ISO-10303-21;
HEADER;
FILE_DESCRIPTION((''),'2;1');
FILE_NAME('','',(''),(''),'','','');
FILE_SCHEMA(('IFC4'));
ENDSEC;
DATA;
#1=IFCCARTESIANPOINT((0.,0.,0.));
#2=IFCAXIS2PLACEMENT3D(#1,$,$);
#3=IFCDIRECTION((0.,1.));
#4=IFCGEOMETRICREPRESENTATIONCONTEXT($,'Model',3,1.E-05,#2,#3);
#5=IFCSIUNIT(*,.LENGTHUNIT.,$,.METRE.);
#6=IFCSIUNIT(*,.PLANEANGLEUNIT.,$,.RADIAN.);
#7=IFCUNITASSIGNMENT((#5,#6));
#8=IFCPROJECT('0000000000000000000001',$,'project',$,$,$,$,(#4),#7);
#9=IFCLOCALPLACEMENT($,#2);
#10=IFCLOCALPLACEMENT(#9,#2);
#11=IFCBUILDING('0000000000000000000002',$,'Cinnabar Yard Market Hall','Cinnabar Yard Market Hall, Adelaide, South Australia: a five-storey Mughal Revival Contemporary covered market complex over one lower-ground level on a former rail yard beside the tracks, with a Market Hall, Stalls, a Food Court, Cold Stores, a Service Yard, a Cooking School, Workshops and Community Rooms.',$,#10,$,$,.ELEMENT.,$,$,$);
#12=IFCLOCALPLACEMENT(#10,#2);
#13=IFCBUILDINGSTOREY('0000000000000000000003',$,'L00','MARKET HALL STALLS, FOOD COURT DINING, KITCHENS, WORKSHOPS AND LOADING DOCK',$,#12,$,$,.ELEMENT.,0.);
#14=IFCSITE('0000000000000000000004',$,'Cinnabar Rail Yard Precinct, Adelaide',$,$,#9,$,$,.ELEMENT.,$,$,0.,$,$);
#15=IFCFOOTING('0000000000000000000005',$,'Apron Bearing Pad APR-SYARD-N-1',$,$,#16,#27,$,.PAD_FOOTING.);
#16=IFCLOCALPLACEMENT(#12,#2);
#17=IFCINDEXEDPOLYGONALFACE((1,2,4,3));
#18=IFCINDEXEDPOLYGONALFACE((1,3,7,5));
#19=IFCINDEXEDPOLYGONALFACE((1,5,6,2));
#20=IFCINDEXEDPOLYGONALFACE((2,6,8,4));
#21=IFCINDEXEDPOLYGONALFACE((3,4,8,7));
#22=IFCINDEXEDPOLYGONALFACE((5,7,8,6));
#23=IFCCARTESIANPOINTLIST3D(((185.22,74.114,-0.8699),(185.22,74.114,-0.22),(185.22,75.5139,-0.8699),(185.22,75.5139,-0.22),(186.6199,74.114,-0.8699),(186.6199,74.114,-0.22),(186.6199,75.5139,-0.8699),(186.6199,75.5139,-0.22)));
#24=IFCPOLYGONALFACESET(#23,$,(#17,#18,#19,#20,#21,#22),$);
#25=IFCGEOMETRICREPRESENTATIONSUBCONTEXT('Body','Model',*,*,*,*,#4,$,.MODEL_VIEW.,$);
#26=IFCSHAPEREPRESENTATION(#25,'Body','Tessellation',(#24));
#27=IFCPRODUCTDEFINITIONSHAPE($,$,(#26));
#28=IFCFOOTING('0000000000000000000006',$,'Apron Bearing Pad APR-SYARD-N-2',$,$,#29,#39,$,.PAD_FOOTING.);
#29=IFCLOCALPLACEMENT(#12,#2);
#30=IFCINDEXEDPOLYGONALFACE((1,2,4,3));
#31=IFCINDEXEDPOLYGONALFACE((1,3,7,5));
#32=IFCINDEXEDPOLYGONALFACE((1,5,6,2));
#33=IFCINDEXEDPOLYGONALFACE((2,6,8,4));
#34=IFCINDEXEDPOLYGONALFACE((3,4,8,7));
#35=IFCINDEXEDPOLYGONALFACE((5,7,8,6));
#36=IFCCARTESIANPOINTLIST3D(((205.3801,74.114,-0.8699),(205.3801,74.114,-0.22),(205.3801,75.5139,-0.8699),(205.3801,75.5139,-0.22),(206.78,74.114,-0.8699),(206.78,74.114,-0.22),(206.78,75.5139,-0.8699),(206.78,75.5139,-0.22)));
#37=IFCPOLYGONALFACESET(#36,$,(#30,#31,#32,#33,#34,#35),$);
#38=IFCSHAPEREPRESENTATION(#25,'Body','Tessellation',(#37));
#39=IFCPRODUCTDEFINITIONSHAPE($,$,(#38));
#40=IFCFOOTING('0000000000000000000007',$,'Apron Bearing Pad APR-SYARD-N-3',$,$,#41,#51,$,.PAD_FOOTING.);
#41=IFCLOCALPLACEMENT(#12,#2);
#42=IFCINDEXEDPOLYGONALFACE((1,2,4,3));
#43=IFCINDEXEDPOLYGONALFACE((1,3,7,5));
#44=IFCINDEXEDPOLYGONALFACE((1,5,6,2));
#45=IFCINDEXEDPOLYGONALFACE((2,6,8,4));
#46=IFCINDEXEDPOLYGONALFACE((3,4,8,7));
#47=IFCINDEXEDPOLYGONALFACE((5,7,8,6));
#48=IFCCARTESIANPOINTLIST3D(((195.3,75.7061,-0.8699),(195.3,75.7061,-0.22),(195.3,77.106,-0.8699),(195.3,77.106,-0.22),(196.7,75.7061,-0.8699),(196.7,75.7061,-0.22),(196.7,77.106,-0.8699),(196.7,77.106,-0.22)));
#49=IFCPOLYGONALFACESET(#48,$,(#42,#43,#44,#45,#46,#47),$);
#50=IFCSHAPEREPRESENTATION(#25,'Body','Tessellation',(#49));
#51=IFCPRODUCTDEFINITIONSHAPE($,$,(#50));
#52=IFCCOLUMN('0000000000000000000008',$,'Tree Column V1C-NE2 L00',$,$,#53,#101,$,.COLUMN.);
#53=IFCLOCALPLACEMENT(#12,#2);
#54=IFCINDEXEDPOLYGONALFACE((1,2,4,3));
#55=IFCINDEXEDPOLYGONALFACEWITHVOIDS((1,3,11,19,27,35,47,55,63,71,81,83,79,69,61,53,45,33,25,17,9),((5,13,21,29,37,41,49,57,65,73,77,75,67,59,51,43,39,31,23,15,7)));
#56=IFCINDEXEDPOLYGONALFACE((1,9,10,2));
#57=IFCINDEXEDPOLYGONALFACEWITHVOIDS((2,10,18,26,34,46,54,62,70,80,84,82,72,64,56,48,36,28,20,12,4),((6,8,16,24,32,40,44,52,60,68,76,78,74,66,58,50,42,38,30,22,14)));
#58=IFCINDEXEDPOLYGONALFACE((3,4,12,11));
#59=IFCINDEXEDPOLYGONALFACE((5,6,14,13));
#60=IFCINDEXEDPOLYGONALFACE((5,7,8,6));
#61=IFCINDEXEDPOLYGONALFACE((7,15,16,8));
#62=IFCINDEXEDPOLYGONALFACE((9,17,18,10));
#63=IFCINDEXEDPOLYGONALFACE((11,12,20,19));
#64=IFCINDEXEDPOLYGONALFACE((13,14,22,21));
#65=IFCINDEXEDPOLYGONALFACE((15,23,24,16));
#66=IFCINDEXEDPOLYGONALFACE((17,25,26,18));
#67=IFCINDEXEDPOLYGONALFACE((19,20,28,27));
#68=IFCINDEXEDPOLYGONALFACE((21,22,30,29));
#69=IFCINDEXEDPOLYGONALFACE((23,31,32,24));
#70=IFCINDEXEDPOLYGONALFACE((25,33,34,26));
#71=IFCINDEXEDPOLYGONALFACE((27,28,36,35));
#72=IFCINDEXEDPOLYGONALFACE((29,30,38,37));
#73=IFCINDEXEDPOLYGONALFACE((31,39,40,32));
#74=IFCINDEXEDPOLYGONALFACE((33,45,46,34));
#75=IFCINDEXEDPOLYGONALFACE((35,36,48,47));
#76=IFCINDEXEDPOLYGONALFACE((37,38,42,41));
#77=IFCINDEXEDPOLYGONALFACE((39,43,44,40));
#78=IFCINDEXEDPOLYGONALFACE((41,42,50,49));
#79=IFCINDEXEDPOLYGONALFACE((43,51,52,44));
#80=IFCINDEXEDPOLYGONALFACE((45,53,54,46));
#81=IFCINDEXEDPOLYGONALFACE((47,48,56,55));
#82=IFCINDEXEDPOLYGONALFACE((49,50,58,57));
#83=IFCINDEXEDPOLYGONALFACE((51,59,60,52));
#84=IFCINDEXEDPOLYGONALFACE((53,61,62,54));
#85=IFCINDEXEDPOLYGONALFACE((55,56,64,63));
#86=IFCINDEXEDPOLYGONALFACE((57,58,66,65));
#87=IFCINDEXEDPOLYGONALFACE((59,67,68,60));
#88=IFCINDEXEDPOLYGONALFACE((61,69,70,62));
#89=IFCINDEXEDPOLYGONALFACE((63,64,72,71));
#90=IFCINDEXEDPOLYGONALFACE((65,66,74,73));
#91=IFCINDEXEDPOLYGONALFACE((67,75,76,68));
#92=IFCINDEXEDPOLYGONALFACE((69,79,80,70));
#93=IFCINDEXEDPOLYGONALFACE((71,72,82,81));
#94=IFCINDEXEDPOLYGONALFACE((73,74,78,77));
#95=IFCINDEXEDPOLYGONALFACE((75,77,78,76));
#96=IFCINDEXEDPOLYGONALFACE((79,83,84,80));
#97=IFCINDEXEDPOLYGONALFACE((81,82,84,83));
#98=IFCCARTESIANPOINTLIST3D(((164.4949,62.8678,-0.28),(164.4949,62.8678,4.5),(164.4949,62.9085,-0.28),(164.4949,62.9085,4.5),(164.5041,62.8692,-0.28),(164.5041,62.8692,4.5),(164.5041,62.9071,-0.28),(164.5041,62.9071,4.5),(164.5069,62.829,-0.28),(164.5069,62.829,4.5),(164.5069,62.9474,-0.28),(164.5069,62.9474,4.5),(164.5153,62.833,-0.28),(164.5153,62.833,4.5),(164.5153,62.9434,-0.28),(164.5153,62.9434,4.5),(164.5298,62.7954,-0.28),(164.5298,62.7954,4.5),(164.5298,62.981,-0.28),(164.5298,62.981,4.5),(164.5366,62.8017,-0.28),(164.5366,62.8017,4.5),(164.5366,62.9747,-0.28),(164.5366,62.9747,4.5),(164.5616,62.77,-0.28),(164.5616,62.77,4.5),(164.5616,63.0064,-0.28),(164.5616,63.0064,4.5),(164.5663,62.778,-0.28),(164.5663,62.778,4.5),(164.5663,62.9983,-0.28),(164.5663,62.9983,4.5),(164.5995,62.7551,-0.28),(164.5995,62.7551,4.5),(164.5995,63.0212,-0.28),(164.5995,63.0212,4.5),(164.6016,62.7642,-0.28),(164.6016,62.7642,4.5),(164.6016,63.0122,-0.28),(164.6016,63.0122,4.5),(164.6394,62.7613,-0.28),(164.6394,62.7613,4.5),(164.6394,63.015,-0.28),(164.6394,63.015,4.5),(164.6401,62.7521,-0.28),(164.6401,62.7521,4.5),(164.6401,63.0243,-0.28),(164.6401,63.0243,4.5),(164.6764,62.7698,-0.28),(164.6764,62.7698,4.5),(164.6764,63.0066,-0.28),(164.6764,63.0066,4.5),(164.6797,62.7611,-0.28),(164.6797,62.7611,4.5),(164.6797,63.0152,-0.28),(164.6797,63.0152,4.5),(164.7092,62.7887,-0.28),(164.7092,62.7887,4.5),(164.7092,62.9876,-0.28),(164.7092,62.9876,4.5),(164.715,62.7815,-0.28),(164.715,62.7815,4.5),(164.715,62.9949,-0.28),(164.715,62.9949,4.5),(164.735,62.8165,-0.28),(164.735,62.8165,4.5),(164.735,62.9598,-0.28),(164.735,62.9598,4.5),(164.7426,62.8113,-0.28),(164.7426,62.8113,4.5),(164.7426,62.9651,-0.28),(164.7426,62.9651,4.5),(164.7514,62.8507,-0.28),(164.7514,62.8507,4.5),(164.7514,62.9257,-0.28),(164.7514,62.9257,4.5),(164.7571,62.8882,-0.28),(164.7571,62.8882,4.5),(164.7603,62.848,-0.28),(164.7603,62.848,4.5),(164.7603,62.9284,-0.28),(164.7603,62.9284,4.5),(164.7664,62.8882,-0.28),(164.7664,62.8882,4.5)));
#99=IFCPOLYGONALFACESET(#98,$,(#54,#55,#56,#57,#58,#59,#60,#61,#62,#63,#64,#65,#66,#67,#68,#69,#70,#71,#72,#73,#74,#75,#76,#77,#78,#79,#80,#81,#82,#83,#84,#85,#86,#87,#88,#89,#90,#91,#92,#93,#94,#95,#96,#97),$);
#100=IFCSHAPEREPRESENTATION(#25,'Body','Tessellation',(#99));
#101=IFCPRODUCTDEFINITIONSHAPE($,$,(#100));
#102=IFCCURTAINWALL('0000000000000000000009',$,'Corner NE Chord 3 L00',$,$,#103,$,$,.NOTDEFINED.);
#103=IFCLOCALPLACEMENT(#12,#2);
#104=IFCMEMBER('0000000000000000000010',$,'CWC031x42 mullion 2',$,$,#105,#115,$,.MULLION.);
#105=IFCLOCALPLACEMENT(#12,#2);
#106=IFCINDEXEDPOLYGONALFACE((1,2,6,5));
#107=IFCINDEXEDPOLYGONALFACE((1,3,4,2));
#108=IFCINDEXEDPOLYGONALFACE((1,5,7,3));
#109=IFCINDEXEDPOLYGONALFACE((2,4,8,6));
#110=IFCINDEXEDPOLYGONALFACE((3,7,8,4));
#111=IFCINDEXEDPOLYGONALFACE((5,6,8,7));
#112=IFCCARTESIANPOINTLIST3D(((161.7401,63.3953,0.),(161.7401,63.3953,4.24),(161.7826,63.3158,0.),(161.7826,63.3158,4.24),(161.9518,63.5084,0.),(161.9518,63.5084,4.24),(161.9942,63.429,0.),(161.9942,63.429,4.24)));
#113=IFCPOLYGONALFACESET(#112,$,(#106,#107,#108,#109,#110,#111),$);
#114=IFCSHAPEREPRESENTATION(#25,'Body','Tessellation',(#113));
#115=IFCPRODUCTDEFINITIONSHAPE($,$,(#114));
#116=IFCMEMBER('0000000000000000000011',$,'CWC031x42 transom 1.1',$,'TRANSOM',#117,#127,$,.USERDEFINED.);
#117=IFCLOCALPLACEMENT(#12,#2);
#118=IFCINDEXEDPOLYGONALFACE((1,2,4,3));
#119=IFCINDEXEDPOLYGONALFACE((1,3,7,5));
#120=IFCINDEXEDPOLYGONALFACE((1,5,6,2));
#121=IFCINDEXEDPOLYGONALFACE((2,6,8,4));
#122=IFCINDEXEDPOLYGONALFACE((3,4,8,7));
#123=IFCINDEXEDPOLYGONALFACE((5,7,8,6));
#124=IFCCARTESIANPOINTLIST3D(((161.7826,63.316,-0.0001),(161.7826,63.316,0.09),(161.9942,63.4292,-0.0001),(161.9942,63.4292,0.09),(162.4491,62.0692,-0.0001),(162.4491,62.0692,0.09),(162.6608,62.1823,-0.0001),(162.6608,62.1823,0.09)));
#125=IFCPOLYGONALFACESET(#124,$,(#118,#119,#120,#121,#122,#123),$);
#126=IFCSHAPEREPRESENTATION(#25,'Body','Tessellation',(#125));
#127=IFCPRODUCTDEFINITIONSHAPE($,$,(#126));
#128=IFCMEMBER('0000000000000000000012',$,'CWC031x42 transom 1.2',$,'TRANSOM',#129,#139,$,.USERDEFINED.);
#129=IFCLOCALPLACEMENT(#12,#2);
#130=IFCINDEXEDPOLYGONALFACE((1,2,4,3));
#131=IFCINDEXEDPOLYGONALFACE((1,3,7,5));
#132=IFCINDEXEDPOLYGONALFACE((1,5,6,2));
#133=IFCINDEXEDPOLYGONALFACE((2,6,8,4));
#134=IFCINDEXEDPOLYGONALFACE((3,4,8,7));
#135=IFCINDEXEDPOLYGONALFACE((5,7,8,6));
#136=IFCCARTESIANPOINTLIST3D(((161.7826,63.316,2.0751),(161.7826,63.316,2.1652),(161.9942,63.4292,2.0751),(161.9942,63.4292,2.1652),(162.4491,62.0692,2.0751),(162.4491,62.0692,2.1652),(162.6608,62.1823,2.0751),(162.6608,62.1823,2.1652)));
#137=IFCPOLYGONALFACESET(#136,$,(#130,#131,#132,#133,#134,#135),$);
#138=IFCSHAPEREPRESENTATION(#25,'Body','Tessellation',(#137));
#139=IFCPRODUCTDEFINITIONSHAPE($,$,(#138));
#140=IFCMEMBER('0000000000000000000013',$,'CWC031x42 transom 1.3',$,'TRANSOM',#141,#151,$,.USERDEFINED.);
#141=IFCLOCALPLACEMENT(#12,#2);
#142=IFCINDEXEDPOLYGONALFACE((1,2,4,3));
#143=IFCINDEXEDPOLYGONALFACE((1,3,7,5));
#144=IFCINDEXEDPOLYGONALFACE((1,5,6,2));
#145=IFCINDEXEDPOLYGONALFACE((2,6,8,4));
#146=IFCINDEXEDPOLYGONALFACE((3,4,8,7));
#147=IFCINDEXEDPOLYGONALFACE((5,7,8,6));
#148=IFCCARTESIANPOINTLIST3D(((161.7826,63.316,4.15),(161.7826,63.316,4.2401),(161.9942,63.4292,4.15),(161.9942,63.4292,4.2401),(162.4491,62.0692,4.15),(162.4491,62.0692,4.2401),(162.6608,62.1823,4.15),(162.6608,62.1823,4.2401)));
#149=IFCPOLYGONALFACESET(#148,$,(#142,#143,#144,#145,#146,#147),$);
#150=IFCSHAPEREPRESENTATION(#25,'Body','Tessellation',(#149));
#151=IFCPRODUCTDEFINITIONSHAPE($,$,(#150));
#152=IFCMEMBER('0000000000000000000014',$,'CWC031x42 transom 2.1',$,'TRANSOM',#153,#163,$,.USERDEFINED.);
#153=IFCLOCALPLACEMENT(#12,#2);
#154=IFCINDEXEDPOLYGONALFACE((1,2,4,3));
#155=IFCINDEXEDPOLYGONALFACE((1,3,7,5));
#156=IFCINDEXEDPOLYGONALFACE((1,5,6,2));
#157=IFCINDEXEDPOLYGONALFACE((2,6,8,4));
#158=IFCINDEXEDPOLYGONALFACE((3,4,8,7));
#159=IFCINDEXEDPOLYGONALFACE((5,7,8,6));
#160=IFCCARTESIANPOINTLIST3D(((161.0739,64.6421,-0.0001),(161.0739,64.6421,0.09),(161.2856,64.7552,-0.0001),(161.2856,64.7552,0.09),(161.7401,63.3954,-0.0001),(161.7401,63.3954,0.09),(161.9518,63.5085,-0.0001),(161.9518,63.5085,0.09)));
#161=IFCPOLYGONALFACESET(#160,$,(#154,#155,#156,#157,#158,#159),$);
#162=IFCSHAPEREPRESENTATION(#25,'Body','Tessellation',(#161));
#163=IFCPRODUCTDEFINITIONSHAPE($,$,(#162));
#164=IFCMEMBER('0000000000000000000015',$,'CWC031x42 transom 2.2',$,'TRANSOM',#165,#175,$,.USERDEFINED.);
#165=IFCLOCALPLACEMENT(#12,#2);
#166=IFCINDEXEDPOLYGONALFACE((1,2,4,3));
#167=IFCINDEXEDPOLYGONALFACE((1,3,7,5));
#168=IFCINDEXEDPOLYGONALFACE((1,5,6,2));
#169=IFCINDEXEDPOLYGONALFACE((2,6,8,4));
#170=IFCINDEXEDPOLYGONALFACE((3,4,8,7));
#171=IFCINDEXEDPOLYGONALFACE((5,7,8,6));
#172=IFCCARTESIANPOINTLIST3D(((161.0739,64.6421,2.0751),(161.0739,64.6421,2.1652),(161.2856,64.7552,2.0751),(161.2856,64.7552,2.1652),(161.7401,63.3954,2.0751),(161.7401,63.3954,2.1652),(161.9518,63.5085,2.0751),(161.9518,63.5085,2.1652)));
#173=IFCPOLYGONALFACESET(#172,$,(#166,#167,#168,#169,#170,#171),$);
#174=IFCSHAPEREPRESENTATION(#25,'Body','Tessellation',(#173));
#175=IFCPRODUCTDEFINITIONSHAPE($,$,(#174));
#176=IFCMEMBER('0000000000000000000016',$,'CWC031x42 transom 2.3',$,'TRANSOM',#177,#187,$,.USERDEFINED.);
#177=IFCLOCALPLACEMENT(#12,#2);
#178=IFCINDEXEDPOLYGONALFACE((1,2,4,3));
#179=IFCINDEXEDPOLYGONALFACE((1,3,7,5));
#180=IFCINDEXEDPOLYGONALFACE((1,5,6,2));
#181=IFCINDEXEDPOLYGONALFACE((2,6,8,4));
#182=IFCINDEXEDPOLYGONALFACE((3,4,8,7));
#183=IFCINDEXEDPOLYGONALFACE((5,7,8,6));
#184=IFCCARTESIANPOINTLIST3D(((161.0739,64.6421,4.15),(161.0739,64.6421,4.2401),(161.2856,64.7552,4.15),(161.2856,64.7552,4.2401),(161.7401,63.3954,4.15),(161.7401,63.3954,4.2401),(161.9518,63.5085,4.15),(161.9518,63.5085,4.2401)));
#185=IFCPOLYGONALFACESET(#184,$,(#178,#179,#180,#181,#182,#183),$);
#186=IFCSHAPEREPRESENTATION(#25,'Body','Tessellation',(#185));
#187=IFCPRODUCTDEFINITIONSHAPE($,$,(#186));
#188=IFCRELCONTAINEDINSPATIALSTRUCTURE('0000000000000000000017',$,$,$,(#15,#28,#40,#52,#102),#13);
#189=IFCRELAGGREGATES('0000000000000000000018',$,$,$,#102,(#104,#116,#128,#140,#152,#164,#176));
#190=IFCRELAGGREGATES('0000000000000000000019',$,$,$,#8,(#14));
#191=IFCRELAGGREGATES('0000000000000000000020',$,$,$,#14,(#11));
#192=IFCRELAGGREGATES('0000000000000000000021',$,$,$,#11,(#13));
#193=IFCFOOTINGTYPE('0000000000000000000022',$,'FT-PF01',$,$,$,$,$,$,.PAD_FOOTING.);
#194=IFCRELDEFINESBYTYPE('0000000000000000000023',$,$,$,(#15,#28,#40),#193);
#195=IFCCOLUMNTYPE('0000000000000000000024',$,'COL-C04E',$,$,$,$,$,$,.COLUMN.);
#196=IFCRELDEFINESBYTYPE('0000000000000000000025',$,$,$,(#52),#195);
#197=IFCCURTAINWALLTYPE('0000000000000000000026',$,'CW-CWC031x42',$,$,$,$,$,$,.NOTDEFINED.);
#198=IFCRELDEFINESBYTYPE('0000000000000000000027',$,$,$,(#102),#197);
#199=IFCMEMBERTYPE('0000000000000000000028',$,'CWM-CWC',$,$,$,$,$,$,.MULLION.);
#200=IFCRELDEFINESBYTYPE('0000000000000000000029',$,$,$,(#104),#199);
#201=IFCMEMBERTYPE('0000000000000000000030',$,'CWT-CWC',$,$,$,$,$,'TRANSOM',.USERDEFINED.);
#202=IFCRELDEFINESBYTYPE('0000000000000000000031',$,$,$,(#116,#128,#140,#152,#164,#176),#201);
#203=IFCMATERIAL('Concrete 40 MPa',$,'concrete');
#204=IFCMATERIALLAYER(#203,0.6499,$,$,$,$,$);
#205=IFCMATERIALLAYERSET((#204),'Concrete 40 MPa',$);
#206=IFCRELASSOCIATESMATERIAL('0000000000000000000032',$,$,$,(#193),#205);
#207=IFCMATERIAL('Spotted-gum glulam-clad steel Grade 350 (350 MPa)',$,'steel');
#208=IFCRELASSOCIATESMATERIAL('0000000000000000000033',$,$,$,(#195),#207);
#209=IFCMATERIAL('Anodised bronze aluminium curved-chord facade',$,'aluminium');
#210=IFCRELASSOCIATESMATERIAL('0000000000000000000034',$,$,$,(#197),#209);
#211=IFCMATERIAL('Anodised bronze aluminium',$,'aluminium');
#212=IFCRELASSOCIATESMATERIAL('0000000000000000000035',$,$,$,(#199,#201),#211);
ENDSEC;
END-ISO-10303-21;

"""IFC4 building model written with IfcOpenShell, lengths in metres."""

from ifc_helpers import new_model, si_unit, direction, frame, origin, origin_2d_with_axis, place, context, subcontext, project, spatial, rectangle, hollow_circle, extrude, material, layer, layer_set, material_profile, profile_set, type_object, element, aggregate, save


model = new_model("IFC4")

# Units and contexts
model_context = context("Model", 3, precision=1e-05, world=origin(), true_north=direction((0.0, 1.0)))
body_context = subcontext(model_context, "Body", "Model", "MODEL_VIEW")
ifc_project = project(units=[si_unit("LENGTHUNIT", "METRE"), si_unit("PLANEANGLEUNIT", "RADIAN")], contexts=[model_context])

# Site, building, storey
site_placement = place(None, origin())
site = spatial("IfcSite", under=ifc_project, at=site_placement, Name="Cinnabar Rail Yard Precinct, Adelaide", CompositionType="ELEMENT", RefElevation=0.0)
building_placement = place(site_placement, origin())
building = spatial("IfcBuilding", under=site, at=building_placement, Name="Cinnabar Yard Market Hall", Description="Cinnabar Yard Market Hall, Adelaide, South Australia: a five-storey Mughal Revival Contemporary covered market complex over one lower-ground level on a former rail yard beside the tracks, with a Market Hall, Stalls, a Food Court, Cold Stores, a Service Yard, a Cooking School, Workshops and Community Rooms.", CompositionType="ELEMENT")
storey_placement = place(building_placement, origin())
storey = spatial("IfcBuildingStorey", under=building, at=storey_placement, Name="L00", Description="MARKET HALL STALLS, FOOD COURT DINING, KITCHENS, WORKSHOPS AND LOADING DOCK", CompositionType="ELEMENT", Elevation=0.0)

# Footings
ifc_material_1 = material(Name="Concrete 40 MPa", Category="concrete")
ifc_layer_1 = layer(ifc_material_1, 0.6499)
ifc_layer_set_1 = layer_set([ifc_layer_1], Name="Concrete 40 MPa")
footing_type = type_object("IfcFootingType", Name="FT-PF01", PredefinedType="PAD_FOOTING", material=ifc_layer_set_1)
for number, where, z_axis, x_axis, name in (
    (1, (185.9199, 74.814, -0.8699), (0.0, 0.0, 1.0), (1.0, 0.0, 0.0), "Apron Bearing Pad APR-SYARD-N-1"),
    (2, (206.0801, 74.814, -0.8699), (0.0, 0.0, 1.0), (1.0, 0.0, 0.0), "Apron Bearing Pad APR-SYARD-N-2"),
    (3, (196.0, 76.406, -0.8699), (0.0, 0.0, 1.0), (1.0, 0.0, 0.0), "Apron Bearing Pad APR-SYARD-N-3"),
):
    element("IfcFooting", number, at=place(storey_placement, frame(where, z_axis=z_axis, x_axis=x_axis)), inside=storey, type_object=footing_type, Name=name, PredefinedType="PAD_FOOTING", context=body_context, shape_type="SweptSolid", body=[
        extrude(rectangle(XDim=1.3999, YDim=1.3999, at=origin_2d_with_axis()), origin(), (0.0, 0.0, 1.0), 0.6499),
    ])

# Column
ifc_material_2 = material(Name="Spotted-gum glulam-clad steel Grade 350 (350 MPa)", Category="steel")
ifc_material_profile_1 = material_profile(ifc_material_2, hollow_circle(Radius=0.1365, WallThickness=0.0093, at=origin_2d_with_axis()), Name="273.1x9.3CHS")
ifc_profile_set_1 = profile_set([ifc_material_profile_1], Name="Spotted-gum glulam-clad steel Grade 350 (350 MPa)")
column_type = type_object("IfcColumnType", Name="COL-C04E", PredefinedType="COLUMN", material=ifc_profile_set_1)
column_placement = place(storey_placement, frame((164.6299, 62.8882, -0.28), z_axis=(0.0, 0.0, 1.0), x_axis=(1.0, 0.0, 0.0)))
element("IfcColumn", 4, at=column_placement, inside=storey, type_object=column_type, Name="Tree Column V1C-NE2 L00", PredefinedType="COLUMN", context=body_context, shape_type="SweptSolid", body=[
    extrude(hollow_circle(Radius=0.1365, WallThickness=0.0093, at=origin_2d_with_axis()), origin(), (0.0, 0.0, 1.0), 4.78),
])

# Curtain wall, members
ifc_material_3 = material(Name="Anodised bronze aluminium curved-chord facade", Category="aluminium")
curtain_wall_type = type_object("IfcCurtainWallType", Name="CW-CWC031x42", PredefinedType="NOTDEFINED", material=ifc_material_3)
curtain_wall_placement = place(storey_placement, origin())
curtain_wall = element("IfcCurtainWall", 5, at=curtain_wall_placement, inside=storey, type_object=curtain_wall_type, Name="Corner NE Chord 3 L00", PredefinedType="NOTDEFINED")
ifc_material_4 = material(Name="Anodised bronze aluminium", Category="aluminium")
ifc_material_profile_2 = material_profile(ifc_material_4, rectangle(XDim=0.24, YDim=0.0901, at=origin_2d_with_axis()), Name="MUL-CWC")
ifc_profile_set_2 = profile_set([ifc_material_profile_2], Name="Anodised bronze aluminium")
member_type_1 = type_object("IfcMemberType", Name="CWM-CWC", PredefinedType="MULLION", material=ifc_profile_set_2)
member_1_placement = place(storey_placement, frame((161.8672, 63.4121, 0.0), z_axis=(0.0, 0.0, 1.0), x_axis=(-0.881917, -0.471404, 0.0)))
member_1 = element("IfcMember", 6, at=member_1_placement, type_object=member_type_1, Name="CWC031x42 mullion 2", PredefinedType="MULLION", context=body_context, shape_type="SweptSolid", body=[
    extrude(rectangle(XDim=0.24, YDim=0.0901, at=origin_2d_with_axis()), origin(), (0.0, 0.0, 1.0), 4.24),
])
ifc_material_profile_3 = material_profile(ifc_material_4, rectangle(XDim=0.24, YDim=0.0901, at=origin_2d_with_axis()), Name="TRN-CWC")
ifc_profile_set_3 = profile_set([ifc_material_profile_3], Name="Anodised bronze aluminium")
member_type_2 = type_object("IfcMemberType", Name="CWT-CWC", ElementType="TRANSOM", PredefinedType="USERDEFINED", material=ifc_profile_set_3)
member_2_placement = place(storey_placement, frame((162.5549, 62.1257, 0.0449), z_axis=(-0.471431, 0.881903, 0.0), x_axis=(-0.881903, -0.471431, 0.0)))
member_2 = element("IfcMember", 7, at=member_2_placement, type_object=member_type_2, Name="CWC031x42 transom 1.1", ObjectType="TRANSOM", PredefinedType="USERDEFINED", context=body_context, shape_type="SweptSolid", body=[
    extrude(rectangle(XDim=0.24, YDim=0.0901, at=origin_2d_with_axis()), origin(), (0.0, 0.0, 1.0), 1.4138),
])
member_3_placement = place(storey_placement, frame((162.5549, 62.1257, 2.1201), z_axis=(-0.471431, 0.881903, 0.0), x_axis=(-0.881903, -0.471431, 0.0)))
member_3 = element("IfcMember", 8, at=member_3_placement, type_object=member_type_2, Name="CWC031x42 transom 1.2", ObjectType="TRANSOM", PredefinedType="USERDEFINED", context=body_context, shape_type="SweptSolid", body=[
    extrude(rectangle(XDim=0.24, YDim=0.0901, at=origin_2d_with_axis()), origin(), (0.0, 0.0, 1.0), 1.4138),
])
member_4_placement = place(storey_placement, frame((162.5549, 62.1257, 4.1951), z_axis=(-0.471431, 0.881903, 0.0), x_axis=(-0.881903, -0.471431, 0.0)))
member_4 = element("IfcMember", 9, at=member_4_placement, type_object=member_type_2, Name="CWC031x42 transom 1.3", ObjectType="TRANSOM", PredefinedType="USERDEFINED", context=body_context, shape_type="SweptSolid", body=[
    extrude(rectangle(XDim=0.24, YDim=0.0901, at=origin_2d_with_axis()), origin(), (0.0, 0.0, 1.0), 1.4138),
])
member_5_placement = place(storey_placement, frame((161.8459, 63.4519, 0.0449), z_axis=(-0.471296, 0.881975, 0.0), x_axis=(-0.881975, -0.471296, 0.0)))
member_5 = element("IfcMember", 10, at=member_5_placement, type_object=member_type_2, Name="CWC031x42 transom 2.1", ObjectType="TRANSOM", PredefinedType="USERDEFINED", context=body_context, shape_type="SweptSolid", body=[
    extrude(rectangle(XDim=0.24, YDim=0.0901, at=origin_2d_with_axis()), origin(), (0.0, 0.0, 1.0), 1.4136),
])
member_6_placement = place(storey_placement, frame((161.8459, 63.4519, 2.1201), z_axis=(-0.471296, 0.881975, 0.0), x_axis=(-0.881975, -0.471296, 0.0)))
member_6 = element("IfcMember", 11, at=member_6_placement, type_object=member_type_2, Name="CWC031x42 transom 2.2", ObjectType="TRANSOM", PredefinedType="USERDEFINED", context=body_context, shape_type="SweptSolid", body=[
    extrude(rectangle(XDim=0.24, YDim=0.0901, at=origin_2d_with_axis()), origin(), (0.0, 0.0, 1.0), 1.4136),
])
member_7_placement = place(storey_placement, frame((161.8459, 63.4519, 4.1951), z_axis=(-0.471296, 0.881975, 0.0), x_axis=(-0.881975, -0.471296, 0.0)))
member_7 = element("IfcMember", 12, at=member_7_placement, type_object=member_type_2, Name="CWC031x42 transom 2.3", ObjectType="TRANSOM", PredefinedType="USERDEFINED", context=body_context, shape_type="SweptSolid", body=[
    extrude(rectangle(XDim=0.24, YDim=0.0901, at=origin_2d_with_axis()), origin(), (0.0, 0.0, 1.0), 1.4136),
])
aggregate(curtain_wall, [member_1, member_2, member_3, member_4, member_5, member_6, member_7])

save(model, "model.ifc")
